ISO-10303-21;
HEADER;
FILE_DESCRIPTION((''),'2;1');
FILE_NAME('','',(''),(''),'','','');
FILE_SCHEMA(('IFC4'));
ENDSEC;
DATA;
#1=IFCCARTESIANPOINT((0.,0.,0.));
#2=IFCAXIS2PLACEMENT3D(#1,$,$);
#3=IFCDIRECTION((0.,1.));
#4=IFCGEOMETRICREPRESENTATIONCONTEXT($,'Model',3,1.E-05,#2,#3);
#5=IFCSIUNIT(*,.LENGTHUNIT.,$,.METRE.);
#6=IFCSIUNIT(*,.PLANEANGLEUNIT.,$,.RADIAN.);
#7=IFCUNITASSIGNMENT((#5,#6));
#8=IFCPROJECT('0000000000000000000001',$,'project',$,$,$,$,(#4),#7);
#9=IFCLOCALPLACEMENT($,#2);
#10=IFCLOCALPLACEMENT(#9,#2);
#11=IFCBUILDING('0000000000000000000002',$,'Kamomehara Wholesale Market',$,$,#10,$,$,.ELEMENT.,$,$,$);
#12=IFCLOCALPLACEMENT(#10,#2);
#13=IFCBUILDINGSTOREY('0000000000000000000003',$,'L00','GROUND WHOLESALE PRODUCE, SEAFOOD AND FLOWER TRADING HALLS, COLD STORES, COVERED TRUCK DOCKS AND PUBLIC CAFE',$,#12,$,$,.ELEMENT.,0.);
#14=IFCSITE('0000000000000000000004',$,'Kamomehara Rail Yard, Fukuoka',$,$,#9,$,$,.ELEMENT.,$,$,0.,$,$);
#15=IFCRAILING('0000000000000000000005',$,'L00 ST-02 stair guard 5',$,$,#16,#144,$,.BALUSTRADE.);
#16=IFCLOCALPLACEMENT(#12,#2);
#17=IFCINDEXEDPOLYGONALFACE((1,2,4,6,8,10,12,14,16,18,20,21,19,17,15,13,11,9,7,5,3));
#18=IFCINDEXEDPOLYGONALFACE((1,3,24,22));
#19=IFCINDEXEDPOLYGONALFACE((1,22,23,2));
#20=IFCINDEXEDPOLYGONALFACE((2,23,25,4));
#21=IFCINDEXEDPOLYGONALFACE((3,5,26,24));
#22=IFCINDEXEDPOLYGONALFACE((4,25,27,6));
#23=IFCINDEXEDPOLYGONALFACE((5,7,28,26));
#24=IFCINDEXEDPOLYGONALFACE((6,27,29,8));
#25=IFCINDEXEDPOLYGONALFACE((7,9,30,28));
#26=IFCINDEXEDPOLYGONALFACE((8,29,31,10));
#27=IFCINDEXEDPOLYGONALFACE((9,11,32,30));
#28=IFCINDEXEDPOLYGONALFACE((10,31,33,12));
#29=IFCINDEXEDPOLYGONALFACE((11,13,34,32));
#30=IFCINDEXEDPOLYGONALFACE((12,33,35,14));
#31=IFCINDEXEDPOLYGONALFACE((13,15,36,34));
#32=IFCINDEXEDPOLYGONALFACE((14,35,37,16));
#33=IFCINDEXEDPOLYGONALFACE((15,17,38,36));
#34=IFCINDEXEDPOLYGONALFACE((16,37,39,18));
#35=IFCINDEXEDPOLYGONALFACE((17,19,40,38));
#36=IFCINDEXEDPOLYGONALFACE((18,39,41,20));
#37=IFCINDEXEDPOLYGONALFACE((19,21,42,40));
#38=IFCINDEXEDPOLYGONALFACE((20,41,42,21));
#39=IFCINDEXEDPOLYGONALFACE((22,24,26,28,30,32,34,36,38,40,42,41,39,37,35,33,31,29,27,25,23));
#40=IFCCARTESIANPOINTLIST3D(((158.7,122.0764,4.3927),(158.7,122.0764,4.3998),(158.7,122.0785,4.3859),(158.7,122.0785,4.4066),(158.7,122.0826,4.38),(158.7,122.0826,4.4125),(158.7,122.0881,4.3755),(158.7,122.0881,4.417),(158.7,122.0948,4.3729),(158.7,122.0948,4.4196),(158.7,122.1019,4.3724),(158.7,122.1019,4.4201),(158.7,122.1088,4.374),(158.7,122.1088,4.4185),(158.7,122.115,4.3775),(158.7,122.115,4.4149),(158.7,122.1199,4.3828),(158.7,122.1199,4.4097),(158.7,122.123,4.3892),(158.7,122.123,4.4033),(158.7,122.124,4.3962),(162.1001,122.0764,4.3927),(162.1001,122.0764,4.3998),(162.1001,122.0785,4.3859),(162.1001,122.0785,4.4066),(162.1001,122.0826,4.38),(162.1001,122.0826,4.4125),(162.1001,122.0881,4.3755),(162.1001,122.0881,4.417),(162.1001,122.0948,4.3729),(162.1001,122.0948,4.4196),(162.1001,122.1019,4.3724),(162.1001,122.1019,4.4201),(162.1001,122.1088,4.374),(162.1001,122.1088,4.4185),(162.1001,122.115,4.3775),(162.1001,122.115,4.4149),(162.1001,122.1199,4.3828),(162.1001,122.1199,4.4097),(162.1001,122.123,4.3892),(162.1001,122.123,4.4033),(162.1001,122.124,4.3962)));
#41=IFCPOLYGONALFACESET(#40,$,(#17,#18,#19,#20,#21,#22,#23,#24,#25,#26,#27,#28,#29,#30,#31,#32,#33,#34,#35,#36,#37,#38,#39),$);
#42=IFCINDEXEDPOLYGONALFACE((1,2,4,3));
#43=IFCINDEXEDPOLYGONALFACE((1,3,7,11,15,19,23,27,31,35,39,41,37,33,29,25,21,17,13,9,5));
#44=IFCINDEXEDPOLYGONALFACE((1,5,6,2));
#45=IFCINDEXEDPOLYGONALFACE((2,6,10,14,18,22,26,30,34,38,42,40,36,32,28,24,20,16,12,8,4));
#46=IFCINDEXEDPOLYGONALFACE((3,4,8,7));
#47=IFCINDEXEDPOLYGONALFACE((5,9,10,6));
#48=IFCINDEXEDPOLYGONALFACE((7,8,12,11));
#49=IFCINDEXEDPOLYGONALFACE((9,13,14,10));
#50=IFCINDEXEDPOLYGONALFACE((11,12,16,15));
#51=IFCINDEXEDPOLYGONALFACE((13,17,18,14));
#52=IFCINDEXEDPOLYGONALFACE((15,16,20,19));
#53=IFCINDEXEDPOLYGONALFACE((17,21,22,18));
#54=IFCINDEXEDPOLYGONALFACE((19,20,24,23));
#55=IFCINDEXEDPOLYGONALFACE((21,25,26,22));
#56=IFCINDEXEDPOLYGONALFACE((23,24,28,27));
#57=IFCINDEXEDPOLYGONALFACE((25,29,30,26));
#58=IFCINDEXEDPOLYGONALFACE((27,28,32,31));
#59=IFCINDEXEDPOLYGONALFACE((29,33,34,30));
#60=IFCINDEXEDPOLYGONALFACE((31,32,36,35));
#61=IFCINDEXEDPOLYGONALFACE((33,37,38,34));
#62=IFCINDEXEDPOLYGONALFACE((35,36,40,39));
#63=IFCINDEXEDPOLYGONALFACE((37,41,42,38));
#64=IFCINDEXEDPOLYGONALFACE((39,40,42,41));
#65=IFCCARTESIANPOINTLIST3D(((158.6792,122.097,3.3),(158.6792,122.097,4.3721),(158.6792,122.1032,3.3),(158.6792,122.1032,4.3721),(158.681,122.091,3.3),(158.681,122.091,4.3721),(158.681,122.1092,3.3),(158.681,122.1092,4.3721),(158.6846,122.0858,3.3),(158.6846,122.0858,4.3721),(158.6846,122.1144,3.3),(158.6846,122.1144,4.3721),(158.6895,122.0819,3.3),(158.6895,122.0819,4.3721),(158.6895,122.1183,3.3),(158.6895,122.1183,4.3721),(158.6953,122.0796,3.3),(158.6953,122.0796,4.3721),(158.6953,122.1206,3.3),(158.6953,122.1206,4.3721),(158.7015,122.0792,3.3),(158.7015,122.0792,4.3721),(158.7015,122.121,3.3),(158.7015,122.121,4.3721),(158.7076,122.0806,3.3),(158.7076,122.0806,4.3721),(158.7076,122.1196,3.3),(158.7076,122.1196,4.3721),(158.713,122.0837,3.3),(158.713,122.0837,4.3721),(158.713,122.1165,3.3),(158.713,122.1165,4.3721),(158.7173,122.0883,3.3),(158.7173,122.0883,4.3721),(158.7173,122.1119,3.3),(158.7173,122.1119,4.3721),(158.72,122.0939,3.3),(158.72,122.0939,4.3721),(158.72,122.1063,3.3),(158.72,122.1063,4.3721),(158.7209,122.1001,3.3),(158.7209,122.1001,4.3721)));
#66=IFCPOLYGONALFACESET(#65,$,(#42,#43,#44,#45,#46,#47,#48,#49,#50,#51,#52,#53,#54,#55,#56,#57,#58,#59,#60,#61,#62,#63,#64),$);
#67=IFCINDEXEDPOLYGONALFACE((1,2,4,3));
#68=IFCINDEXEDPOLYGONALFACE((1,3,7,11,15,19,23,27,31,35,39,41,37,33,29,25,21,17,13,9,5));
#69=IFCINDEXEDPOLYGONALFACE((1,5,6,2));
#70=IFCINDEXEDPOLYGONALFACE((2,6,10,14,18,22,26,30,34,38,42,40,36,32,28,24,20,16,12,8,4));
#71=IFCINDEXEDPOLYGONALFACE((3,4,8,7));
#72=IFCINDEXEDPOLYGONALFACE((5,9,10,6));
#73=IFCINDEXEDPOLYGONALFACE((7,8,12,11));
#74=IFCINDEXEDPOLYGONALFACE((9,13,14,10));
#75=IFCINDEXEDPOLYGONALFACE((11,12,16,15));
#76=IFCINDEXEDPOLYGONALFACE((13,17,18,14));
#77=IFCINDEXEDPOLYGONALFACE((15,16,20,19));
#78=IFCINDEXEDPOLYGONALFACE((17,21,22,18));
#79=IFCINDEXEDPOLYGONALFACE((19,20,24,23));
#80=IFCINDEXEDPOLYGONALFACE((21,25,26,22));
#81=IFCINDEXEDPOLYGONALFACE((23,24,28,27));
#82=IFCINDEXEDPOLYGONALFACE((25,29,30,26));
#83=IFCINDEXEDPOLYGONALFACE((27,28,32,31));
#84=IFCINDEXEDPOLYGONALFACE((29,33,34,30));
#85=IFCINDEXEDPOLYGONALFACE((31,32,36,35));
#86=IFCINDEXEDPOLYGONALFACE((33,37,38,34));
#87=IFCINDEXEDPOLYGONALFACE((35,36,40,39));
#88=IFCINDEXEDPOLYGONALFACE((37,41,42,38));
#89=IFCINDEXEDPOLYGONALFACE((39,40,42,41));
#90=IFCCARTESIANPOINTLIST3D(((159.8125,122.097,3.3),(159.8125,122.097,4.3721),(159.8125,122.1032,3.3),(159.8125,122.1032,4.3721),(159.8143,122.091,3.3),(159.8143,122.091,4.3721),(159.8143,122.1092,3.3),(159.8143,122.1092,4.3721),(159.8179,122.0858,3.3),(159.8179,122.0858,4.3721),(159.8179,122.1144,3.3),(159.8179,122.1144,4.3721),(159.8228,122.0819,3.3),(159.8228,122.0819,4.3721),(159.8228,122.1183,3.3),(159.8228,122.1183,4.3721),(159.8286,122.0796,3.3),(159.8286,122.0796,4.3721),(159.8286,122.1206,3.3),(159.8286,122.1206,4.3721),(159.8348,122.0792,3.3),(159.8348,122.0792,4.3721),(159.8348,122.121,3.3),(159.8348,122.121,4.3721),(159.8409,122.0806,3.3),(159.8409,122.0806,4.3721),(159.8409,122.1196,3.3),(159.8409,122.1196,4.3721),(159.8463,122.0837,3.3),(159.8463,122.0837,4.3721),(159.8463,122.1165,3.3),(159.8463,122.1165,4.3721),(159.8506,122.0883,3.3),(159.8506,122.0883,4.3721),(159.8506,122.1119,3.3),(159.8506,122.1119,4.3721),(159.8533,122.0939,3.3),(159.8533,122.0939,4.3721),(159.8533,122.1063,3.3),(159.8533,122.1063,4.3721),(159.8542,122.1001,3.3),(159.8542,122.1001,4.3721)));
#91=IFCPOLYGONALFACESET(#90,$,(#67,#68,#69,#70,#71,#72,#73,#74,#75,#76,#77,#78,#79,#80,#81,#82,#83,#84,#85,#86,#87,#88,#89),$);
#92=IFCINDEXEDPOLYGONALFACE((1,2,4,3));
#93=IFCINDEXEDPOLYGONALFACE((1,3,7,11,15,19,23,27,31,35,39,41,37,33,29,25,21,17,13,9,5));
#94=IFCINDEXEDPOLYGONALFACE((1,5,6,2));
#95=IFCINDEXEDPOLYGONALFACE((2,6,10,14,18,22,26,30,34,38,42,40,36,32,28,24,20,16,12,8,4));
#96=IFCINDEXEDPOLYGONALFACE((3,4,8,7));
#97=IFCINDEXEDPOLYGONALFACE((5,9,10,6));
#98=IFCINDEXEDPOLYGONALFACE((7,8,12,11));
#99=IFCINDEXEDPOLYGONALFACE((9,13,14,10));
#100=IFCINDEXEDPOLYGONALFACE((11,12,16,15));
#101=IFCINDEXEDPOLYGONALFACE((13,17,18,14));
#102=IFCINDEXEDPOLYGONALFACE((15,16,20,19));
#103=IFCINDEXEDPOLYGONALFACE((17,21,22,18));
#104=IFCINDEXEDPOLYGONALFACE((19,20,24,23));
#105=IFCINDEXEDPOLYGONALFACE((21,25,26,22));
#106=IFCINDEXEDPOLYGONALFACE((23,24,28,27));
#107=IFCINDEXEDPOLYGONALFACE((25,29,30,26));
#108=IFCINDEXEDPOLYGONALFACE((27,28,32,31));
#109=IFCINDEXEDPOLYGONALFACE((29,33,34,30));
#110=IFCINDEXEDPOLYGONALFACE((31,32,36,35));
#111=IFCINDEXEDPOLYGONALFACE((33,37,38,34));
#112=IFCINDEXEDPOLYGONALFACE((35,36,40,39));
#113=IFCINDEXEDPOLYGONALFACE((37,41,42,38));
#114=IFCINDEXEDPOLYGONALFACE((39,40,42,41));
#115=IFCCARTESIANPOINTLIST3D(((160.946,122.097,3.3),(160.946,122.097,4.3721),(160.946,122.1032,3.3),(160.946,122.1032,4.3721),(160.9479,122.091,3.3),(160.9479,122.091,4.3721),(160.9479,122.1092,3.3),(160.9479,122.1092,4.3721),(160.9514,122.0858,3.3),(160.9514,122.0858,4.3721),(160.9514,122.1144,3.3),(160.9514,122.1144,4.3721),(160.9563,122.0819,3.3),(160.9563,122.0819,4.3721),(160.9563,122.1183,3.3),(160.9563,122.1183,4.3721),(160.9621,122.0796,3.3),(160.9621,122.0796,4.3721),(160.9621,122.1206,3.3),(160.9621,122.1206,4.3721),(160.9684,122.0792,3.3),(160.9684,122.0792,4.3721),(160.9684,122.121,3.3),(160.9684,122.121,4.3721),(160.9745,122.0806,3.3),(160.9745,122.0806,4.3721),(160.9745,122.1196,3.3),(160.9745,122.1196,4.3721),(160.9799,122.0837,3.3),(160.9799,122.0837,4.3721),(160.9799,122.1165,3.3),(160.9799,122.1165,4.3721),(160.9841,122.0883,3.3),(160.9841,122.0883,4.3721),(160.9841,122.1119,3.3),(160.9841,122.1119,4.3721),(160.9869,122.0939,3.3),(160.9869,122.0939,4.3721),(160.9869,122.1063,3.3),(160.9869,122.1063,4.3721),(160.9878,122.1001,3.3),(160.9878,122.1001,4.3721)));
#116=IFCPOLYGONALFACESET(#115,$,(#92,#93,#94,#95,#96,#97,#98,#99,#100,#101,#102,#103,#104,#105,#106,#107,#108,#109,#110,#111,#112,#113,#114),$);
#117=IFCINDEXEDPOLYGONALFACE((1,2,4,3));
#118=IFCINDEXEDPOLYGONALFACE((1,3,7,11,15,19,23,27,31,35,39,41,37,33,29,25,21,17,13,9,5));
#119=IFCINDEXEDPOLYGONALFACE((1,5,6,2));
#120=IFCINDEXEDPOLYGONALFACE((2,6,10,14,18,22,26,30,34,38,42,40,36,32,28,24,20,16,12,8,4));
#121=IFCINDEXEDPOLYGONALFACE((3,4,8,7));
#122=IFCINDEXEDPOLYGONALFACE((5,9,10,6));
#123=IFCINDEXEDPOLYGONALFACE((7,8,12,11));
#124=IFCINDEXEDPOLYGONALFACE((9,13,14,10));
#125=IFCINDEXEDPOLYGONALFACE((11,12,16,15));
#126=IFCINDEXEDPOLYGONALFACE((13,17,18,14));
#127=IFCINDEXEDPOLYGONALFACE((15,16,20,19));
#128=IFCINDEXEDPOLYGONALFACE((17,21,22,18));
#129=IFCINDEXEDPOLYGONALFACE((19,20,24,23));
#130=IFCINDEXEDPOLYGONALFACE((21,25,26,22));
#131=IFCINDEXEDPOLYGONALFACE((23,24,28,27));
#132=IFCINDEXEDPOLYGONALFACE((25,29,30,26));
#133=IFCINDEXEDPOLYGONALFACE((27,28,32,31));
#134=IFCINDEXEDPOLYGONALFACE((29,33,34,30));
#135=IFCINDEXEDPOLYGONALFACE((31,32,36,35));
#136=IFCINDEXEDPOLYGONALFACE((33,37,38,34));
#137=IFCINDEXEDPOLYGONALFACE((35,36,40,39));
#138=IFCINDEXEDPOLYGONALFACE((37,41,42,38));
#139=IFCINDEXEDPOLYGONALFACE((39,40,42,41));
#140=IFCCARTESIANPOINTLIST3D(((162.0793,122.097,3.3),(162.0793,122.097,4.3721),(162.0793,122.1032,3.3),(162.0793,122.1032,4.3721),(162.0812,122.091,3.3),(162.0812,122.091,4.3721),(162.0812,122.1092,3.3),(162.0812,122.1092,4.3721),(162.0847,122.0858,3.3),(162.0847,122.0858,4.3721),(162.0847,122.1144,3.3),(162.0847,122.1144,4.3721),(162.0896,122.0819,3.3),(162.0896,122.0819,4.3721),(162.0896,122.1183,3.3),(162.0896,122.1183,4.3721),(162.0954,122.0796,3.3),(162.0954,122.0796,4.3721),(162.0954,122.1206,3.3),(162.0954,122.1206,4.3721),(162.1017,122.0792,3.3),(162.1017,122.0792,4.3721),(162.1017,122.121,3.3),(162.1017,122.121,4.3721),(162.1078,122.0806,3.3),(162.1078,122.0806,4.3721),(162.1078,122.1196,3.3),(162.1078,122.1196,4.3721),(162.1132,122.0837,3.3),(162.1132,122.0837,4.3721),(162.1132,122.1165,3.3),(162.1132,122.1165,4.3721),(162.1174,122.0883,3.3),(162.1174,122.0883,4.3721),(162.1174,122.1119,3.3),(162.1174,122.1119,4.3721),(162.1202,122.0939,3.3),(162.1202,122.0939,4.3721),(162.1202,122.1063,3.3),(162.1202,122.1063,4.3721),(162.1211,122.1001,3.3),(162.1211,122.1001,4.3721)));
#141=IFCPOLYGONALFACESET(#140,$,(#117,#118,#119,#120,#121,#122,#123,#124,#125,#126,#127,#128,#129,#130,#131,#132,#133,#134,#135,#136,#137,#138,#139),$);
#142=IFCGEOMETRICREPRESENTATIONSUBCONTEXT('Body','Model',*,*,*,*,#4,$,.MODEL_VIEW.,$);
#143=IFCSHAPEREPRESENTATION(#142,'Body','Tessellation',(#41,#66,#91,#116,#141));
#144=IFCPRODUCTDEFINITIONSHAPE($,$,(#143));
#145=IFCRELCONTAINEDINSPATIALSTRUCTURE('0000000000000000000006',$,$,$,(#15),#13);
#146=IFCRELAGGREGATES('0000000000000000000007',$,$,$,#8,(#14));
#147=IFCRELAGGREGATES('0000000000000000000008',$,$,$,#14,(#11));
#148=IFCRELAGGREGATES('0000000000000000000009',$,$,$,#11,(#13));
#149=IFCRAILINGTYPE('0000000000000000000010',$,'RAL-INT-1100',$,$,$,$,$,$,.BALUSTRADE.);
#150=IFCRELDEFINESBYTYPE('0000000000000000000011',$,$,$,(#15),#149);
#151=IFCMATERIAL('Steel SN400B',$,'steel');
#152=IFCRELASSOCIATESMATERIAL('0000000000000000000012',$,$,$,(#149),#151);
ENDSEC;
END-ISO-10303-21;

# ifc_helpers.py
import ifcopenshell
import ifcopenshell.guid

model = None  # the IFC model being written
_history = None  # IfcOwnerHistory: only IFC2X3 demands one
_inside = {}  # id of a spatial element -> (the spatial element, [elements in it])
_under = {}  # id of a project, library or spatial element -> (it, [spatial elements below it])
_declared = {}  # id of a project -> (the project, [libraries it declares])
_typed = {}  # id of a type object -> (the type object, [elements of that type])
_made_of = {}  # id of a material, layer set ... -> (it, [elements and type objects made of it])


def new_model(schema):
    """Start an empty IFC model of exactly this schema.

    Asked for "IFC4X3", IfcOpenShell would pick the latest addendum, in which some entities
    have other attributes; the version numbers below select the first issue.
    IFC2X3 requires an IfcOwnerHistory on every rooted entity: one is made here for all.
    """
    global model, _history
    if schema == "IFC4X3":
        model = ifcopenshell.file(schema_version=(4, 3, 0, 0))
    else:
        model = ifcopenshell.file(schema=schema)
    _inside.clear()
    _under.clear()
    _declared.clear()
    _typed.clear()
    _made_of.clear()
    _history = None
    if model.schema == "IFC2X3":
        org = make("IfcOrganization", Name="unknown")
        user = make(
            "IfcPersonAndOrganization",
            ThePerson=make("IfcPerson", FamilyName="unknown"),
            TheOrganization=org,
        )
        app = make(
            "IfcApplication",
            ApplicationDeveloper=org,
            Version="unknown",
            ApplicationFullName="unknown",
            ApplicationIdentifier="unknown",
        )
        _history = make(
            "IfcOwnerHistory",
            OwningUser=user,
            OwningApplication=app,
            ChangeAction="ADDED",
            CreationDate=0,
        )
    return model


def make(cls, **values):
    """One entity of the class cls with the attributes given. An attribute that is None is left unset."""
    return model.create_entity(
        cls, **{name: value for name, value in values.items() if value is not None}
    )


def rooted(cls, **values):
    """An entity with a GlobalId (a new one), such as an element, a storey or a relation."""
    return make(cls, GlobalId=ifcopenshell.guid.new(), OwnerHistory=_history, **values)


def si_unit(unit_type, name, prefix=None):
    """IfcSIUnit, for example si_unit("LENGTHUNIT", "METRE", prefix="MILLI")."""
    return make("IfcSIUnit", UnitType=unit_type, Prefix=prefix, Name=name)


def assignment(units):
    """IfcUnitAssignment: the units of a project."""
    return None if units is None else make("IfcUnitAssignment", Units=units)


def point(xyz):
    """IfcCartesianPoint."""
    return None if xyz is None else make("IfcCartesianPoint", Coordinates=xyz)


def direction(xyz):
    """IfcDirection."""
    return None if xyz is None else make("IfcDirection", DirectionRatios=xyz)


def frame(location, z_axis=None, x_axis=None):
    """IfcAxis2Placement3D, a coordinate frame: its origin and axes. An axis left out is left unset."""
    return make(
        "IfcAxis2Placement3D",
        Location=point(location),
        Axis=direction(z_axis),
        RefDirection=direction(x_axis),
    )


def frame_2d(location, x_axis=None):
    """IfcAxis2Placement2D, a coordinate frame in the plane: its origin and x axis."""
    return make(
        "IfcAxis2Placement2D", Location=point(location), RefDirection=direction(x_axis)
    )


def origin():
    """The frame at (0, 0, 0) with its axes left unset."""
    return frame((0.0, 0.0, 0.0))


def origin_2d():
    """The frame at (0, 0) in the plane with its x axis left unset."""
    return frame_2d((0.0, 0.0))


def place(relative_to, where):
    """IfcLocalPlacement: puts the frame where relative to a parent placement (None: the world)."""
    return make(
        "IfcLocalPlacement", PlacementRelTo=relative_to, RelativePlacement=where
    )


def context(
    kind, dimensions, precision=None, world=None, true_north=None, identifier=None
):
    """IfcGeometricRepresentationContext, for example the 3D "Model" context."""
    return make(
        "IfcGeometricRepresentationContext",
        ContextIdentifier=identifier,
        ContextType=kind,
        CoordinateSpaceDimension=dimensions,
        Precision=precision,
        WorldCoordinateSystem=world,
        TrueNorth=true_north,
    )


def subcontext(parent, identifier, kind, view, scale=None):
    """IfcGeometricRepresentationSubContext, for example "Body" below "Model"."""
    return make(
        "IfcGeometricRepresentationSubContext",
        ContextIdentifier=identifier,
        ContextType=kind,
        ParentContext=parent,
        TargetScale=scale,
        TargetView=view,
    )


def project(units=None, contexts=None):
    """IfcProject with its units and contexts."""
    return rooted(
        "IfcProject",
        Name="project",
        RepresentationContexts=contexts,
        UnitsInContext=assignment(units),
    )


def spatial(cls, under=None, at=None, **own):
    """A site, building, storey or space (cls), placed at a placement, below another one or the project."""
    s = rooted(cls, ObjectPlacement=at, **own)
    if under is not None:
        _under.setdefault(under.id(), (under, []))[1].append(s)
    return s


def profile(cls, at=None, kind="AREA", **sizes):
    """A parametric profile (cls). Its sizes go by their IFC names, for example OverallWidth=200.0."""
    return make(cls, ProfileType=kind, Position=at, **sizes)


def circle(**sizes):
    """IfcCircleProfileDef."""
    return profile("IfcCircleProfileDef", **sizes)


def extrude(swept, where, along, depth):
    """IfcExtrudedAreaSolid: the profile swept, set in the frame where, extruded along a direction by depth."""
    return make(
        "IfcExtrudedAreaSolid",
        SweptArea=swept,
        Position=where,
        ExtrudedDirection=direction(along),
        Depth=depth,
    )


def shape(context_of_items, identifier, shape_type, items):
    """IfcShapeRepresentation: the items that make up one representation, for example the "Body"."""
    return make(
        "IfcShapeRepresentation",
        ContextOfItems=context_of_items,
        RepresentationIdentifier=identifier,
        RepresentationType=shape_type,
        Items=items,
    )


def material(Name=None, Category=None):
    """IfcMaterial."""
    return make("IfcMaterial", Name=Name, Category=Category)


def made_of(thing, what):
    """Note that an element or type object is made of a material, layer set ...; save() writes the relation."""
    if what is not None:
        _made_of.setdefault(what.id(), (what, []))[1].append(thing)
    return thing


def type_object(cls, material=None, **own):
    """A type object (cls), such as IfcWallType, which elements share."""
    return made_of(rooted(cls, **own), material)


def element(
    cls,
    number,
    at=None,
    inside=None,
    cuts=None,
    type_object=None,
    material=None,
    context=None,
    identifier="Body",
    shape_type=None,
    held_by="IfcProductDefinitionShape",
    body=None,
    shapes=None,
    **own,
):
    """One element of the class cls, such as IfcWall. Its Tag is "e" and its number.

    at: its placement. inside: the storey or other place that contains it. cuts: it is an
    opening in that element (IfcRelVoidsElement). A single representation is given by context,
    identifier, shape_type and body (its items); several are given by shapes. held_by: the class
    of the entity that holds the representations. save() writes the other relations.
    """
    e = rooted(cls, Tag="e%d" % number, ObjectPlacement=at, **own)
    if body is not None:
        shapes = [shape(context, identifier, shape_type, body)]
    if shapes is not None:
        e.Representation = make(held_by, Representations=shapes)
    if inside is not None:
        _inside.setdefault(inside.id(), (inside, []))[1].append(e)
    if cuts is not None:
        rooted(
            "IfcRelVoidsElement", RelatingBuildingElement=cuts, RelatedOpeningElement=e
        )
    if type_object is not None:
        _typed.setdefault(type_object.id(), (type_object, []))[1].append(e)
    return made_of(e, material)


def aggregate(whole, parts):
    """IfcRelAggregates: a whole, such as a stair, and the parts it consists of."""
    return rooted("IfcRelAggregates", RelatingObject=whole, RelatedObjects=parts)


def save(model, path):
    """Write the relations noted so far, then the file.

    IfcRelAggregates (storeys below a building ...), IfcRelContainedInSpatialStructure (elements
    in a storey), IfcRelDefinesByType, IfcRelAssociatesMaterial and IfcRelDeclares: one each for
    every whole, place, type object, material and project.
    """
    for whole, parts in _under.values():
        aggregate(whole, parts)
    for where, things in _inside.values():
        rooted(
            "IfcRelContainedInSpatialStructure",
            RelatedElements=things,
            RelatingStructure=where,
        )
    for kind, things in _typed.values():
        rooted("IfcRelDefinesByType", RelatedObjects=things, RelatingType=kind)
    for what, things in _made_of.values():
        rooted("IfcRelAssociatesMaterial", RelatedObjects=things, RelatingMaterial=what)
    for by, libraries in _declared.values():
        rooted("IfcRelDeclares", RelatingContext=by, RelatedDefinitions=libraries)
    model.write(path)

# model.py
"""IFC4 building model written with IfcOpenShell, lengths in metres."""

from ifc_helpers import new_model, si_unit, direction, frame, origin, origin_2d, place, context, subcontext, project, spatial, circle, extrude, material, type_object, element, save


model = new_model("IFC4")

# Units and contexts
model_context = context("Model", 3, precision=1e-05, world=origin(), true_north=direction((0.0, 1.0)))
body_context = subcontext(model_context, "Body", "Model", "MODEL_VIEW")
ifc_project = project(units=[si_unit("LENGTHUNIT", "METRE"), si_unit("PLANEANGLEUNIT", "RADIAN")], contexts=[model_context])

# Site, building, storey
site_placement = place(None, origin())
site = spatial("IfcSite", under=ifc_project, at=site_placement, Name="Kamomehara Rail Yard, Fukuoka", CompositionType="ELEMENT", RefElevation=0.0)
building_placement = place(site_placement, origin())
building = spatial("IfcBuilding", under=site, at=building_placement, Name="Kamomehara Wholesale Market", CompositionType="ELEMENT")
storey_placement = place(building_placement, origin())
storey = spatial("IfcBuildingStorey", under=building, at=storey_placement, Name="L00", Description="GROUND WHOLESALE PRODUCE, SEAFOOD AND FLOWER TRADING HALLS, COLD STORES, COVERED TRUCK DOCKS AND PUBLIC CAFE", CompositionType="ELEMENT", Elevation=0.0)

# Railing
ifc_material_1 = material(Name="Steel SN400B", Category="steel")
railing_type = type_object("IfcRailingType", Name="RAL-INT-1100", PredefinedType="BALUSTRADE", material=ifc_material_1)
railing_1_placement = place(storey_placement, frame((158.7, 122.1001, 3.3)))
element("IfcRailing", 1, at=railing_1_placement, inside=storey, type_object=railing_type, Name="L00 ST-02 stair guard 5", PredefinedType="BALUSTRADE", context=body_context, shape_type="SweptSolid", body=[
    extrude(circle(Radius=0.0239, at=origin_2d()), frame((0.0, 0.0, 1.0962), z_axis=(1.0, 0.0, 0.0), x_axis=(0.0, 1.0, 0.0)), (0.0, 0.0, 1.0), 3.4001),
    extrude(circle(Radius=0.021, at=origin_2d()), origin(), (0.0, 0.0, 1.0), 1.072),
    extrude(circle(Radius=0.021, at=origin_2d()), frame((1.1333, 0.0, 0.0)), (0.0, 0.0, 1.0), 1.072),
    extrude(circle(Radius=0.021, at=origin_2d()), frame((2.2668, 0.0, 0.0)), (0.0, 0.0, 1.0), 1.072),
    extrude(circle(Radius=0.021, at=origin_2d()), frame((3.4001, 0.0, 0.0)), (0.0, 0.0, 1.0), 1.072),
])

save(model, "model.ifc")
